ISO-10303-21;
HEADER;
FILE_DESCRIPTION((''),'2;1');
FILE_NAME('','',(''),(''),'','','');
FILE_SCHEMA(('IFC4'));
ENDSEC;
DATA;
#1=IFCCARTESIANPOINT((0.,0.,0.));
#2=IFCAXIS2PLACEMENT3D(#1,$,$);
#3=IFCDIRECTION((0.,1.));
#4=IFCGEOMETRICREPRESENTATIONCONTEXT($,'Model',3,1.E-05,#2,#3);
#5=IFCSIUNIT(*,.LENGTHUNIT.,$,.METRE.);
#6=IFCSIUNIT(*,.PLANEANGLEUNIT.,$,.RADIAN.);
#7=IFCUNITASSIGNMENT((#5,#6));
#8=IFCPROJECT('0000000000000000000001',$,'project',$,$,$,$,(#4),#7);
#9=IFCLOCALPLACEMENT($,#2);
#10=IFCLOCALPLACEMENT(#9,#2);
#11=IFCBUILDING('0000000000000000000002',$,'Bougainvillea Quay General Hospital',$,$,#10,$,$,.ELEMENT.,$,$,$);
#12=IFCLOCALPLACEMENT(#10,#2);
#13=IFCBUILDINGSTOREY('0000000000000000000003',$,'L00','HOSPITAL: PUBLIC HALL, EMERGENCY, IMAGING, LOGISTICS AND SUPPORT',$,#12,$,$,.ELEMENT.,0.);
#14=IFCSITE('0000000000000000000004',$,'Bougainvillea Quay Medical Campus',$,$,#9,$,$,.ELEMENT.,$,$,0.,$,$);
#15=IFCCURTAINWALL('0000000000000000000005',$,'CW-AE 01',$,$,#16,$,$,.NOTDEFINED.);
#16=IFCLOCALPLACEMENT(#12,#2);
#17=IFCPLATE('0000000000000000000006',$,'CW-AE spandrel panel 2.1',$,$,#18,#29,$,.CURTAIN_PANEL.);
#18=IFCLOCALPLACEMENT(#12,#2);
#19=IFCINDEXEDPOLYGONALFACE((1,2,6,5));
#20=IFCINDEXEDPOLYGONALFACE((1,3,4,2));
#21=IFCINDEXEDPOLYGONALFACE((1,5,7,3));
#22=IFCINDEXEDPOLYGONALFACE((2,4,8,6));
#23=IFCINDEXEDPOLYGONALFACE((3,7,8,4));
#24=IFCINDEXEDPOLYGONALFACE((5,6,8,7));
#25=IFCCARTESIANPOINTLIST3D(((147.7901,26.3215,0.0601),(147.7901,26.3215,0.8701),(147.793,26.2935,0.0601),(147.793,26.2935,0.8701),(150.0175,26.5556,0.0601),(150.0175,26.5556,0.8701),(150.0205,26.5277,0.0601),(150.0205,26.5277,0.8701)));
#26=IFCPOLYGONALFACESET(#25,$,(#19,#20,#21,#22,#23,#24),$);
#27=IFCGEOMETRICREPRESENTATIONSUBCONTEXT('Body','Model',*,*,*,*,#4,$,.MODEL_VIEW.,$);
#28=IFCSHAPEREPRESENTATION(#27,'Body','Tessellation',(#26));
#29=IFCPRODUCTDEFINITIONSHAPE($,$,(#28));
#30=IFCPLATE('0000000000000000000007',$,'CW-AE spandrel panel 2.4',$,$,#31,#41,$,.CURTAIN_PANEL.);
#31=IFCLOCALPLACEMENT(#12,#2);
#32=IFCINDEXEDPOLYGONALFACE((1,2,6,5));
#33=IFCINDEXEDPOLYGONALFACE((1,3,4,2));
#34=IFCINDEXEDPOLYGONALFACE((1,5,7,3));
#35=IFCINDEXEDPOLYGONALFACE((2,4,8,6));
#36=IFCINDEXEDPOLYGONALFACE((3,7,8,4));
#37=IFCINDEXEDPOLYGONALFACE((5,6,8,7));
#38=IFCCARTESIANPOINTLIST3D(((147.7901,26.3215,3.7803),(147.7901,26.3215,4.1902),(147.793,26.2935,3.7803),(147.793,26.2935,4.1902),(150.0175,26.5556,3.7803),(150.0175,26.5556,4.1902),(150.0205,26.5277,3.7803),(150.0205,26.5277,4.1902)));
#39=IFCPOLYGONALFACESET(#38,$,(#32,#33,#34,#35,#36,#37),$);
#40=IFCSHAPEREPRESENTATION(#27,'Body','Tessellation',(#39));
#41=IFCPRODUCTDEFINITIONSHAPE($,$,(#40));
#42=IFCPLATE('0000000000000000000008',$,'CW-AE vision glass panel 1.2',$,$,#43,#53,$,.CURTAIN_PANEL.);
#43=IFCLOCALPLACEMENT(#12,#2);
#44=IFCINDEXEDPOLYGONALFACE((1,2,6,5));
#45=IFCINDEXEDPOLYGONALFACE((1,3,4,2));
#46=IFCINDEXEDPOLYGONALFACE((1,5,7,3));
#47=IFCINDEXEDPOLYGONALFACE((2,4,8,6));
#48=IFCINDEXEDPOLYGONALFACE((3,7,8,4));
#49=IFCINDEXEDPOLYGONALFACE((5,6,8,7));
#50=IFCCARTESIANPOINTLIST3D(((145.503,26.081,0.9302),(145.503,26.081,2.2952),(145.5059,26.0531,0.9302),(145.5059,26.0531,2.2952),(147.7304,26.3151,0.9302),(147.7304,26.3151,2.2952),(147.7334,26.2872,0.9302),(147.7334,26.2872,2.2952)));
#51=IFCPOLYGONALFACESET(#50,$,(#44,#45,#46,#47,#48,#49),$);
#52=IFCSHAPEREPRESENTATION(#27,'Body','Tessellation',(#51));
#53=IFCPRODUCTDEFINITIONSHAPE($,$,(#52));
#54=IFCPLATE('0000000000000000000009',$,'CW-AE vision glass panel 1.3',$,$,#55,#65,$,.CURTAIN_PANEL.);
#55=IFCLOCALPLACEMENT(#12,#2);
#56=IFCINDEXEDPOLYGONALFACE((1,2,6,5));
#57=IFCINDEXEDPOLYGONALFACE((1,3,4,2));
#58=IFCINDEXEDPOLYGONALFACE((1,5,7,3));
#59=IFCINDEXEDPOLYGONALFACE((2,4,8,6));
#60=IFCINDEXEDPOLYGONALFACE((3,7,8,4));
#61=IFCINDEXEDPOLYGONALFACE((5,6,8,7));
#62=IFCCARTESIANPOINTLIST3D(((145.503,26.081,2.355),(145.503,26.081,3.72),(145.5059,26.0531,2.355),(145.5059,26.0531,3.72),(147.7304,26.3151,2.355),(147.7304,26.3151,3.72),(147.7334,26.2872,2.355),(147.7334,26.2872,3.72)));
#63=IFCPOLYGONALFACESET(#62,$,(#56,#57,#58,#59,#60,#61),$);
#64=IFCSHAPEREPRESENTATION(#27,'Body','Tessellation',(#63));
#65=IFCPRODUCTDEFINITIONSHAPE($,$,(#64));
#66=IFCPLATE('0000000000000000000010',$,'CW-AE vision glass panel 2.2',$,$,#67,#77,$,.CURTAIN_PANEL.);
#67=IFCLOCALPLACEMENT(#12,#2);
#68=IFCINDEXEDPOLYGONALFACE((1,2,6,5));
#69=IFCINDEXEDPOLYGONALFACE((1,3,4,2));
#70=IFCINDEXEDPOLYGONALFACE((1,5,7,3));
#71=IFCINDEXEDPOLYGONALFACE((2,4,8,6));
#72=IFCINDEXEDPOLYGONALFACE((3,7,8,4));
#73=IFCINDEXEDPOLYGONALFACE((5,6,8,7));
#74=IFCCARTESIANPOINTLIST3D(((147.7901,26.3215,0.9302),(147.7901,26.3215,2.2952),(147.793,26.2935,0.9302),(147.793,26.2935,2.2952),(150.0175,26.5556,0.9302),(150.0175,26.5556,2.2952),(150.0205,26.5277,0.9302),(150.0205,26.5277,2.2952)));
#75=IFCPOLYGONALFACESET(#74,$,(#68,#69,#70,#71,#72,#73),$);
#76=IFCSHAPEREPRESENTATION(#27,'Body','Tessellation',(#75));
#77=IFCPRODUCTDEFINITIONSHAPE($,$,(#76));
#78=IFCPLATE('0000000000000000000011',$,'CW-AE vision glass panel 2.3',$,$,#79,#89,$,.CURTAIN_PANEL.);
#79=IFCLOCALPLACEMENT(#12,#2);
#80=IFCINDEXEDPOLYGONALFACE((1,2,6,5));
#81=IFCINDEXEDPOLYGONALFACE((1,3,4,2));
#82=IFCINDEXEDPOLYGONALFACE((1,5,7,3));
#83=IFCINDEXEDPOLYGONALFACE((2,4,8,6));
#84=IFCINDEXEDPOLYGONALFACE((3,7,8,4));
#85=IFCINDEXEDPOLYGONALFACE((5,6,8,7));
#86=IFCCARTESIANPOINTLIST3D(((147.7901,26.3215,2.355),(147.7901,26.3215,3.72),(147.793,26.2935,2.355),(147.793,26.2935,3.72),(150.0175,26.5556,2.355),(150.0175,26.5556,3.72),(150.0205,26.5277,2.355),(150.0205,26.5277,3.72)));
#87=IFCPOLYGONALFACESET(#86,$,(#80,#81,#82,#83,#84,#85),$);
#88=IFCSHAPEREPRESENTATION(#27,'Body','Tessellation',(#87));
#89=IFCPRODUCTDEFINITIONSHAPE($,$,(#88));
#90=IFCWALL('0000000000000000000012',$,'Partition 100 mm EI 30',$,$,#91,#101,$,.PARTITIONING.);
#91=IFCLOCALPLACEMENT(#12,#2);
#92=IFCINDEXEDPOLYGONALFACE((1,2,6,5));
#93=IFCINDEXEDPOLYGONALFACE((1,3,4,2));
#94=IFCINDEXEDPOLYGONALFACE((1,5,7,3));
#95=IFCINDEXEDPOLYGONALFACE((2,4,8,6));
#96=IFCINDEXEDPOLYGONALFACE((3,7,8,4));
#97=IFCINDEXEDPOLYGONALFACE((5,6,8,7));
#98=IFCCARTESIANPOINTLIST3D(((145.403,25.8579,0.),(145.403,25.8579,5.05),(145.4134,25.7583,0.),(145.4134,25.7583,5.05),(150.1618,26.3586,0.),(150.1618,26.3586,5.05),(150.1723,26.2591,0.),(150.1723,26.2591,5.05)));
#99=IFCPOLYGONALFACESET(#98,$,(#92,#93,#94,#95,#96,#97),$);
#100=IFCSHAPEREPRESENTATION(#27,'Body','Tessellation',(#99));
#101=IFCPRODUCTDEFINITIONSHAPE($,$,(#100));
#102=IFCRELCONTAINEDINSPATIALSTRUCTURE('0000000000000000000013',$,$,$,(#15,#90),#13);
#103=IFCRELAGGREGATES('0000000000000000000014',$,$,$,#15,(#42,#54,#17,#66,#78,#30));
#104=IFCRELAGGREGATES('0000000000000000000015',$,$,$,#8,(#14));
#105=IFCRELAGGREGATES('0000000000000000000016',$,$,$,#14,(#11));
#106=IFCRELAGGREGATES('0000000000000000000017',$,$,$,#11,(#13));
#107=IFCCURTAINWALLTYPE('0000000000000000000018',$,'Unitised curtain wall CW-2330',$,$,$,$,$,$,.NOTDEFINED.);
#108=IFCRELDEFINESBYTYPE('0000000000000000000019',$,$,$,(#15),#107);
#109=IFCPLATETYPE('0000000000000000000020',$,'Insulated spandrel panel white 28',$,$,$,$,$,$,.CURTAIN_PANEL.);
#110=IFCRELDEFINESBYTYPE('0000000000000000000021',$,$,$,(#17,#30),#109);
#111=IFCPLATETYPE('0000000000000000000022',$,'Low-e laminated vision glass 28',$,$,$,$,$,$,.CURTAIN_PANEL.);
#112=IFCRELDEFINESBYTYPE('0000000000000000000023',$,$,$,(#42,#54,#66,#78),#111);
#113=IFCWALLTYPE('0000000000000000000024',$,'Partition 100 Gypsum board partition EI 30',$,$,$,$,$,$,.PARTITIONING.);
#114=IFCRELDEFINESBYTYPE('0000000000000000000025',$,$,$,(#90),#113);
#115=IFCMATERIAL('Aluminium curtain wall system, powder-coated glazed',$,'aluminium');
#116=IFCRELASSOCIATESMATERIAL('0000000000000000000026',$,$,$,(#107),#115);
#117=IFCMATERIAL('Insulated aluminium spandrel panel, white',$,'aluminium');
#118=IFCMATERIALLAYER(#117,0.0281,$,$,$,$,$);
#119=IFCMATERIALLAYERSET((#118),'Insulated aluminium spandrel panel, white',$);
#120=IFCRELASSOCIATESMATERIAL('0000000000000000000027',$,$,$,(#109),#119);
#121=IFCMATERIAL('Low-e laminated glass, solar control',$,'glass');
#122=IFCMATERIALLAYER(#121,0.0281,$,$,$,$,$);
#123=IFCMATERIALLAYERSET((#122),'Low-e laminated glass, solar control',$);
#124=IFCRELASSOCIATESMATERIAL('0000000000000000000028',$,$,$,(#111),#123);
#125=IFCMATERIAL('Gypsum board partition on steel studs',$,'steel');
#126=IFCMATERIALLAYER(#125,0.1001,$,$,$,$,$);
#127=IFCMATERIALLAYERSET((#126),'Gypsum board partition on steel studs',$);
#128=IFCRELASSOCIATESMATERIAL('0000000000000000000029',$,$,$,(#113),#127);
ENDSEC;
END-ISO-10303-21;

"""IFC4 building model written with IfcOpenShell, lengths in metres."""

from ifc_helpers import new_model, si_unit, direction, frame, frame_2d, origin, origin_2d, place, context, subcontext, project, spatial, rectangle, extrude, material, layer, layer_set, type_object, element, aggregate, save


model = new_model("IFC4")

# Units and contexts
model_context = context("Model", 3, precision=1e-05, world=origin(), true_north=direction((0.0, 1.0)))
body_context = subcontext(model_context, "Body", "Model", "MODEL_VIEW")
ifc_project = project(units=[si_unit("LENGTHUNIT", "METRE"), si_unit("PLANEANGLEUNIT", "RADIAN")], contexts=[model_context])

# Site, building, storey
site_placement = place(None, origin())
site = spatial("IfcSite", under=ifc_project, at=site_placement, Name="Bougainvillea Quay Medical Campus", CompositionType="ELEMENT", RefElevation=0.0)
building_placement = place(site_placement, origin())
building = spatial("IfcBuilding", under=site, at=building_placement, Name="Bougainvillea Quay General Hospital", CompositionType="ELEMENT")
storey_placement = place(building_placement, origin())
storey = spatial("IfcBuildingStorey", under=building, at=storey_placement, Name="L00", Description="HOSPITAL: PUBLIC HALL, EMERGENCY, IMAGING, LOGISTICS AND SUPPORT", CompositionType="ELEMENT", Elevation=0.0)

# Curtain wall, plates
ifc_material_1 = material(Name="Aluminium curtain wall system, powder-coated glazed", Category="aluminium")
curtain_wall_type = type_object("IfcCurtainWallType", Name="Unitised curtain wall CW-2330", PredefinedType="NOTDEFINED", material=ifc_material_1)
curtain_wall_placement = place(storey_placement, origin())
curtain_wall = element("IfcCurtainWall", 1, at=curtain_wall_placement, inside=storey, type_object=curtain_wall_type, Name="CW-AE 01", PredefinedType="NOTDEFINED")
ifc_material_2 = material(Name="Insulated aluminium spandrel panel, white", Category="aluminium")
ifc_layer_1 = layer(ifc_material_2, 0.0281)
ifc_layer_set_1 = layer_set([ifc_layer_1], Name="Insulated aluminium spandrel panel, white")
plate_type_1 = type_object("IfcPlateType", Name="Insulated spandrel panel white 28", PredefinedType="CURTAIN_PANEL", material=ifc_layer_set_1)
plate_1_placement = place(storey_placement, frame((148.9053, 26.4246, 0.0601), z_axis=(0.0, 0.0, 1.0), x_axis=(0.994522, 0.104527, 0.0)))
plate_1 = element("IfcPlate", 2, at=plate_1_placement, type_object=plate_type_1, Name="CW-AE spandrel panel 2.1", PredefinedType="CURTAIN_PANEL", context=body_context, shape_type="SweptSolid", body=[
    extrude(rectangle(XDim=2.2397, YDim=0.0281, at=origin_2d()), origin(), (0.0, 0.0, 1.0), 0.8101),
])
plate_2_placement = place(storey_placement, frame((148.9053, 26.4246, 3.7803), z_axis=(0.0, 0.0, 1.0), x_axis=(0.994522, 0.104527, 0.0)))
plate_2 = element("IfcPlate", 3, at=plate_2_placement, type_object=plate_type_1, Name="CW-AE spandrel panel 2.4", PredefinedType="CURTAIN_PANEL", context=body_context, shape_type="SweptSolid", body=[
    extrude(rectangle(XDim=2.2397, YDim=0.0281, at=origin_2d()), origin(), (0.0, 0.0, 1.0), 0.4099),
])
ifc_material_3 = material(Name="Low-e laminated glass, solar control", Category="glass")
ifc_layer_2 = layer(ifc_material_3, 0.0281)
ifc_layer_set_2 = layer_set([ifc_layer_2], Name="Low-e laminated glass, solar control")
plate_type_2 = type_object("IfcPlateType", Name="Low-e laminated vision glass 28", PredefinedType="CURTAIN_PANEL", material=ifc_layer_set_2)
plate_3_placement = place(storey_placement, frame((146.6182, 26.1841, 0.9302), z_axis=(0.0, 0.0, 1.0), x_axis=(0.994522, 0.104527, 0.0)))
plate_3 = element("IfcPlate", 4, at=plate_3_placement, type_object=plate_type_2, Name="CW-AE vision glass panel 1.2", PredefinedType="CURTAIN_PANEL", context=body_context, shape_type="SweptSolid", body=[
    extrude(rectangle(XDim=2.2397, YDim=0.0281, at=origin_2d()), origin(), (0.0, 0.0, 1.0), 1.365),
])
plate_4_placement = place(storey_placement, frame((146.6182, 26.1841, 2.355), z_axis=(0.0, 0.0, 1.0), x_axis=(0.994522, 0.104527, 0.0)))
plate_4 = element("IfcPlate", 5, at=plate_4_placement, type_object=plate_type_2, Name="CW-AE vision glass panel 1.3", PredefinedType="CURTAIN_PANEL", context=body_context, shape_type="SweptSolid", body=[
    extrude(rectangle(XDim=2.2397, YDim=0.0281, at=origin_2d()), origin(), (0.0, 0.0, 1.0), 1.365),
])
plate_5_placement = place(storey_placement, frame((148.9053, 26.4246, 0.9302), z_axis=(0.0, 0.0, 1.0), x_axis=(0.994522, 0.104527, 0.0)))
plate_5 = element("IfcPlate", 6, at=plate_5_placement, type_object=plate_type_2, Name="CW-AE vision glass panel 2.2", PredefinedType="CURTAIN_PANEL", context=body_context, shape_type="SweptSolid", body=[
    extrude(rectangle(XDim=2.2397, YDim=0.0281, at=origin_2d()), origin(), (0.0, 0.0, 1.0), 1.365),
])
plate_6_placement = place(storey_placement, frame((148.9053, 26.4246, 2.355), z_axis=(0.0, 0.0, 1.0), x_axis=(0.994522, 0.104527, 0.0)))
plate_6 = element("IfcPlate", 7, at=plate_6_placement, type_object=plate_type_2, Name="CW-AE vision glass panel 2.3", PredefinedType="CURTAIN_PANEL", context=body_context, shape_type="SweptSolid", body=[
    extrude(rectangle(XDim=2.2397, YDim=0.0281, at=origin_2d()), origin(), (0.0, 0.0, 1.0), 1.365),
])
aggregate(curtain_wall, [plate_3, plate_4, plate_1, plate_5, plate_6, plate_2])

# Wall
ifc_material_4 = material(Name="Gypsum board partition on steel studs", Category="steel")
ifc_layer_3 = layer(ifc_material_4, 0.1001)
ifc_layer_set_3 = layer_set([ifc_layer_3], Name="Gypsum board partition on steel studs")
wall_type = type_object("IfcWallType", Name="Partition 100 Gypsum board partition EI 30", PredefinedType="PARTITIONING", material=ifc_layer_set_3)
wall_placement = place(storey_placement, frame((145.4082, 25.8081, 0.0), z_axis=(0.0, 0.0, 1.0), x_axis=(0.99451, 0.104645, 0.0)))
element("IfcWall", 8, at=wall_placement, inside=storey, type_object=wall_type, Name="Partition 100 mm EI 30", PredefinedType="PARTITIONING", context=body_context, shape_type="SweptSolid", body=[
    extrude(rectangle(XDim=4.7852, YDim=0.1001, at=frame_2d((2.3926, 0.0))), origin(), (0.0, 0.0, 1.0), 5.05),
])

save(model, "model.ifc")
